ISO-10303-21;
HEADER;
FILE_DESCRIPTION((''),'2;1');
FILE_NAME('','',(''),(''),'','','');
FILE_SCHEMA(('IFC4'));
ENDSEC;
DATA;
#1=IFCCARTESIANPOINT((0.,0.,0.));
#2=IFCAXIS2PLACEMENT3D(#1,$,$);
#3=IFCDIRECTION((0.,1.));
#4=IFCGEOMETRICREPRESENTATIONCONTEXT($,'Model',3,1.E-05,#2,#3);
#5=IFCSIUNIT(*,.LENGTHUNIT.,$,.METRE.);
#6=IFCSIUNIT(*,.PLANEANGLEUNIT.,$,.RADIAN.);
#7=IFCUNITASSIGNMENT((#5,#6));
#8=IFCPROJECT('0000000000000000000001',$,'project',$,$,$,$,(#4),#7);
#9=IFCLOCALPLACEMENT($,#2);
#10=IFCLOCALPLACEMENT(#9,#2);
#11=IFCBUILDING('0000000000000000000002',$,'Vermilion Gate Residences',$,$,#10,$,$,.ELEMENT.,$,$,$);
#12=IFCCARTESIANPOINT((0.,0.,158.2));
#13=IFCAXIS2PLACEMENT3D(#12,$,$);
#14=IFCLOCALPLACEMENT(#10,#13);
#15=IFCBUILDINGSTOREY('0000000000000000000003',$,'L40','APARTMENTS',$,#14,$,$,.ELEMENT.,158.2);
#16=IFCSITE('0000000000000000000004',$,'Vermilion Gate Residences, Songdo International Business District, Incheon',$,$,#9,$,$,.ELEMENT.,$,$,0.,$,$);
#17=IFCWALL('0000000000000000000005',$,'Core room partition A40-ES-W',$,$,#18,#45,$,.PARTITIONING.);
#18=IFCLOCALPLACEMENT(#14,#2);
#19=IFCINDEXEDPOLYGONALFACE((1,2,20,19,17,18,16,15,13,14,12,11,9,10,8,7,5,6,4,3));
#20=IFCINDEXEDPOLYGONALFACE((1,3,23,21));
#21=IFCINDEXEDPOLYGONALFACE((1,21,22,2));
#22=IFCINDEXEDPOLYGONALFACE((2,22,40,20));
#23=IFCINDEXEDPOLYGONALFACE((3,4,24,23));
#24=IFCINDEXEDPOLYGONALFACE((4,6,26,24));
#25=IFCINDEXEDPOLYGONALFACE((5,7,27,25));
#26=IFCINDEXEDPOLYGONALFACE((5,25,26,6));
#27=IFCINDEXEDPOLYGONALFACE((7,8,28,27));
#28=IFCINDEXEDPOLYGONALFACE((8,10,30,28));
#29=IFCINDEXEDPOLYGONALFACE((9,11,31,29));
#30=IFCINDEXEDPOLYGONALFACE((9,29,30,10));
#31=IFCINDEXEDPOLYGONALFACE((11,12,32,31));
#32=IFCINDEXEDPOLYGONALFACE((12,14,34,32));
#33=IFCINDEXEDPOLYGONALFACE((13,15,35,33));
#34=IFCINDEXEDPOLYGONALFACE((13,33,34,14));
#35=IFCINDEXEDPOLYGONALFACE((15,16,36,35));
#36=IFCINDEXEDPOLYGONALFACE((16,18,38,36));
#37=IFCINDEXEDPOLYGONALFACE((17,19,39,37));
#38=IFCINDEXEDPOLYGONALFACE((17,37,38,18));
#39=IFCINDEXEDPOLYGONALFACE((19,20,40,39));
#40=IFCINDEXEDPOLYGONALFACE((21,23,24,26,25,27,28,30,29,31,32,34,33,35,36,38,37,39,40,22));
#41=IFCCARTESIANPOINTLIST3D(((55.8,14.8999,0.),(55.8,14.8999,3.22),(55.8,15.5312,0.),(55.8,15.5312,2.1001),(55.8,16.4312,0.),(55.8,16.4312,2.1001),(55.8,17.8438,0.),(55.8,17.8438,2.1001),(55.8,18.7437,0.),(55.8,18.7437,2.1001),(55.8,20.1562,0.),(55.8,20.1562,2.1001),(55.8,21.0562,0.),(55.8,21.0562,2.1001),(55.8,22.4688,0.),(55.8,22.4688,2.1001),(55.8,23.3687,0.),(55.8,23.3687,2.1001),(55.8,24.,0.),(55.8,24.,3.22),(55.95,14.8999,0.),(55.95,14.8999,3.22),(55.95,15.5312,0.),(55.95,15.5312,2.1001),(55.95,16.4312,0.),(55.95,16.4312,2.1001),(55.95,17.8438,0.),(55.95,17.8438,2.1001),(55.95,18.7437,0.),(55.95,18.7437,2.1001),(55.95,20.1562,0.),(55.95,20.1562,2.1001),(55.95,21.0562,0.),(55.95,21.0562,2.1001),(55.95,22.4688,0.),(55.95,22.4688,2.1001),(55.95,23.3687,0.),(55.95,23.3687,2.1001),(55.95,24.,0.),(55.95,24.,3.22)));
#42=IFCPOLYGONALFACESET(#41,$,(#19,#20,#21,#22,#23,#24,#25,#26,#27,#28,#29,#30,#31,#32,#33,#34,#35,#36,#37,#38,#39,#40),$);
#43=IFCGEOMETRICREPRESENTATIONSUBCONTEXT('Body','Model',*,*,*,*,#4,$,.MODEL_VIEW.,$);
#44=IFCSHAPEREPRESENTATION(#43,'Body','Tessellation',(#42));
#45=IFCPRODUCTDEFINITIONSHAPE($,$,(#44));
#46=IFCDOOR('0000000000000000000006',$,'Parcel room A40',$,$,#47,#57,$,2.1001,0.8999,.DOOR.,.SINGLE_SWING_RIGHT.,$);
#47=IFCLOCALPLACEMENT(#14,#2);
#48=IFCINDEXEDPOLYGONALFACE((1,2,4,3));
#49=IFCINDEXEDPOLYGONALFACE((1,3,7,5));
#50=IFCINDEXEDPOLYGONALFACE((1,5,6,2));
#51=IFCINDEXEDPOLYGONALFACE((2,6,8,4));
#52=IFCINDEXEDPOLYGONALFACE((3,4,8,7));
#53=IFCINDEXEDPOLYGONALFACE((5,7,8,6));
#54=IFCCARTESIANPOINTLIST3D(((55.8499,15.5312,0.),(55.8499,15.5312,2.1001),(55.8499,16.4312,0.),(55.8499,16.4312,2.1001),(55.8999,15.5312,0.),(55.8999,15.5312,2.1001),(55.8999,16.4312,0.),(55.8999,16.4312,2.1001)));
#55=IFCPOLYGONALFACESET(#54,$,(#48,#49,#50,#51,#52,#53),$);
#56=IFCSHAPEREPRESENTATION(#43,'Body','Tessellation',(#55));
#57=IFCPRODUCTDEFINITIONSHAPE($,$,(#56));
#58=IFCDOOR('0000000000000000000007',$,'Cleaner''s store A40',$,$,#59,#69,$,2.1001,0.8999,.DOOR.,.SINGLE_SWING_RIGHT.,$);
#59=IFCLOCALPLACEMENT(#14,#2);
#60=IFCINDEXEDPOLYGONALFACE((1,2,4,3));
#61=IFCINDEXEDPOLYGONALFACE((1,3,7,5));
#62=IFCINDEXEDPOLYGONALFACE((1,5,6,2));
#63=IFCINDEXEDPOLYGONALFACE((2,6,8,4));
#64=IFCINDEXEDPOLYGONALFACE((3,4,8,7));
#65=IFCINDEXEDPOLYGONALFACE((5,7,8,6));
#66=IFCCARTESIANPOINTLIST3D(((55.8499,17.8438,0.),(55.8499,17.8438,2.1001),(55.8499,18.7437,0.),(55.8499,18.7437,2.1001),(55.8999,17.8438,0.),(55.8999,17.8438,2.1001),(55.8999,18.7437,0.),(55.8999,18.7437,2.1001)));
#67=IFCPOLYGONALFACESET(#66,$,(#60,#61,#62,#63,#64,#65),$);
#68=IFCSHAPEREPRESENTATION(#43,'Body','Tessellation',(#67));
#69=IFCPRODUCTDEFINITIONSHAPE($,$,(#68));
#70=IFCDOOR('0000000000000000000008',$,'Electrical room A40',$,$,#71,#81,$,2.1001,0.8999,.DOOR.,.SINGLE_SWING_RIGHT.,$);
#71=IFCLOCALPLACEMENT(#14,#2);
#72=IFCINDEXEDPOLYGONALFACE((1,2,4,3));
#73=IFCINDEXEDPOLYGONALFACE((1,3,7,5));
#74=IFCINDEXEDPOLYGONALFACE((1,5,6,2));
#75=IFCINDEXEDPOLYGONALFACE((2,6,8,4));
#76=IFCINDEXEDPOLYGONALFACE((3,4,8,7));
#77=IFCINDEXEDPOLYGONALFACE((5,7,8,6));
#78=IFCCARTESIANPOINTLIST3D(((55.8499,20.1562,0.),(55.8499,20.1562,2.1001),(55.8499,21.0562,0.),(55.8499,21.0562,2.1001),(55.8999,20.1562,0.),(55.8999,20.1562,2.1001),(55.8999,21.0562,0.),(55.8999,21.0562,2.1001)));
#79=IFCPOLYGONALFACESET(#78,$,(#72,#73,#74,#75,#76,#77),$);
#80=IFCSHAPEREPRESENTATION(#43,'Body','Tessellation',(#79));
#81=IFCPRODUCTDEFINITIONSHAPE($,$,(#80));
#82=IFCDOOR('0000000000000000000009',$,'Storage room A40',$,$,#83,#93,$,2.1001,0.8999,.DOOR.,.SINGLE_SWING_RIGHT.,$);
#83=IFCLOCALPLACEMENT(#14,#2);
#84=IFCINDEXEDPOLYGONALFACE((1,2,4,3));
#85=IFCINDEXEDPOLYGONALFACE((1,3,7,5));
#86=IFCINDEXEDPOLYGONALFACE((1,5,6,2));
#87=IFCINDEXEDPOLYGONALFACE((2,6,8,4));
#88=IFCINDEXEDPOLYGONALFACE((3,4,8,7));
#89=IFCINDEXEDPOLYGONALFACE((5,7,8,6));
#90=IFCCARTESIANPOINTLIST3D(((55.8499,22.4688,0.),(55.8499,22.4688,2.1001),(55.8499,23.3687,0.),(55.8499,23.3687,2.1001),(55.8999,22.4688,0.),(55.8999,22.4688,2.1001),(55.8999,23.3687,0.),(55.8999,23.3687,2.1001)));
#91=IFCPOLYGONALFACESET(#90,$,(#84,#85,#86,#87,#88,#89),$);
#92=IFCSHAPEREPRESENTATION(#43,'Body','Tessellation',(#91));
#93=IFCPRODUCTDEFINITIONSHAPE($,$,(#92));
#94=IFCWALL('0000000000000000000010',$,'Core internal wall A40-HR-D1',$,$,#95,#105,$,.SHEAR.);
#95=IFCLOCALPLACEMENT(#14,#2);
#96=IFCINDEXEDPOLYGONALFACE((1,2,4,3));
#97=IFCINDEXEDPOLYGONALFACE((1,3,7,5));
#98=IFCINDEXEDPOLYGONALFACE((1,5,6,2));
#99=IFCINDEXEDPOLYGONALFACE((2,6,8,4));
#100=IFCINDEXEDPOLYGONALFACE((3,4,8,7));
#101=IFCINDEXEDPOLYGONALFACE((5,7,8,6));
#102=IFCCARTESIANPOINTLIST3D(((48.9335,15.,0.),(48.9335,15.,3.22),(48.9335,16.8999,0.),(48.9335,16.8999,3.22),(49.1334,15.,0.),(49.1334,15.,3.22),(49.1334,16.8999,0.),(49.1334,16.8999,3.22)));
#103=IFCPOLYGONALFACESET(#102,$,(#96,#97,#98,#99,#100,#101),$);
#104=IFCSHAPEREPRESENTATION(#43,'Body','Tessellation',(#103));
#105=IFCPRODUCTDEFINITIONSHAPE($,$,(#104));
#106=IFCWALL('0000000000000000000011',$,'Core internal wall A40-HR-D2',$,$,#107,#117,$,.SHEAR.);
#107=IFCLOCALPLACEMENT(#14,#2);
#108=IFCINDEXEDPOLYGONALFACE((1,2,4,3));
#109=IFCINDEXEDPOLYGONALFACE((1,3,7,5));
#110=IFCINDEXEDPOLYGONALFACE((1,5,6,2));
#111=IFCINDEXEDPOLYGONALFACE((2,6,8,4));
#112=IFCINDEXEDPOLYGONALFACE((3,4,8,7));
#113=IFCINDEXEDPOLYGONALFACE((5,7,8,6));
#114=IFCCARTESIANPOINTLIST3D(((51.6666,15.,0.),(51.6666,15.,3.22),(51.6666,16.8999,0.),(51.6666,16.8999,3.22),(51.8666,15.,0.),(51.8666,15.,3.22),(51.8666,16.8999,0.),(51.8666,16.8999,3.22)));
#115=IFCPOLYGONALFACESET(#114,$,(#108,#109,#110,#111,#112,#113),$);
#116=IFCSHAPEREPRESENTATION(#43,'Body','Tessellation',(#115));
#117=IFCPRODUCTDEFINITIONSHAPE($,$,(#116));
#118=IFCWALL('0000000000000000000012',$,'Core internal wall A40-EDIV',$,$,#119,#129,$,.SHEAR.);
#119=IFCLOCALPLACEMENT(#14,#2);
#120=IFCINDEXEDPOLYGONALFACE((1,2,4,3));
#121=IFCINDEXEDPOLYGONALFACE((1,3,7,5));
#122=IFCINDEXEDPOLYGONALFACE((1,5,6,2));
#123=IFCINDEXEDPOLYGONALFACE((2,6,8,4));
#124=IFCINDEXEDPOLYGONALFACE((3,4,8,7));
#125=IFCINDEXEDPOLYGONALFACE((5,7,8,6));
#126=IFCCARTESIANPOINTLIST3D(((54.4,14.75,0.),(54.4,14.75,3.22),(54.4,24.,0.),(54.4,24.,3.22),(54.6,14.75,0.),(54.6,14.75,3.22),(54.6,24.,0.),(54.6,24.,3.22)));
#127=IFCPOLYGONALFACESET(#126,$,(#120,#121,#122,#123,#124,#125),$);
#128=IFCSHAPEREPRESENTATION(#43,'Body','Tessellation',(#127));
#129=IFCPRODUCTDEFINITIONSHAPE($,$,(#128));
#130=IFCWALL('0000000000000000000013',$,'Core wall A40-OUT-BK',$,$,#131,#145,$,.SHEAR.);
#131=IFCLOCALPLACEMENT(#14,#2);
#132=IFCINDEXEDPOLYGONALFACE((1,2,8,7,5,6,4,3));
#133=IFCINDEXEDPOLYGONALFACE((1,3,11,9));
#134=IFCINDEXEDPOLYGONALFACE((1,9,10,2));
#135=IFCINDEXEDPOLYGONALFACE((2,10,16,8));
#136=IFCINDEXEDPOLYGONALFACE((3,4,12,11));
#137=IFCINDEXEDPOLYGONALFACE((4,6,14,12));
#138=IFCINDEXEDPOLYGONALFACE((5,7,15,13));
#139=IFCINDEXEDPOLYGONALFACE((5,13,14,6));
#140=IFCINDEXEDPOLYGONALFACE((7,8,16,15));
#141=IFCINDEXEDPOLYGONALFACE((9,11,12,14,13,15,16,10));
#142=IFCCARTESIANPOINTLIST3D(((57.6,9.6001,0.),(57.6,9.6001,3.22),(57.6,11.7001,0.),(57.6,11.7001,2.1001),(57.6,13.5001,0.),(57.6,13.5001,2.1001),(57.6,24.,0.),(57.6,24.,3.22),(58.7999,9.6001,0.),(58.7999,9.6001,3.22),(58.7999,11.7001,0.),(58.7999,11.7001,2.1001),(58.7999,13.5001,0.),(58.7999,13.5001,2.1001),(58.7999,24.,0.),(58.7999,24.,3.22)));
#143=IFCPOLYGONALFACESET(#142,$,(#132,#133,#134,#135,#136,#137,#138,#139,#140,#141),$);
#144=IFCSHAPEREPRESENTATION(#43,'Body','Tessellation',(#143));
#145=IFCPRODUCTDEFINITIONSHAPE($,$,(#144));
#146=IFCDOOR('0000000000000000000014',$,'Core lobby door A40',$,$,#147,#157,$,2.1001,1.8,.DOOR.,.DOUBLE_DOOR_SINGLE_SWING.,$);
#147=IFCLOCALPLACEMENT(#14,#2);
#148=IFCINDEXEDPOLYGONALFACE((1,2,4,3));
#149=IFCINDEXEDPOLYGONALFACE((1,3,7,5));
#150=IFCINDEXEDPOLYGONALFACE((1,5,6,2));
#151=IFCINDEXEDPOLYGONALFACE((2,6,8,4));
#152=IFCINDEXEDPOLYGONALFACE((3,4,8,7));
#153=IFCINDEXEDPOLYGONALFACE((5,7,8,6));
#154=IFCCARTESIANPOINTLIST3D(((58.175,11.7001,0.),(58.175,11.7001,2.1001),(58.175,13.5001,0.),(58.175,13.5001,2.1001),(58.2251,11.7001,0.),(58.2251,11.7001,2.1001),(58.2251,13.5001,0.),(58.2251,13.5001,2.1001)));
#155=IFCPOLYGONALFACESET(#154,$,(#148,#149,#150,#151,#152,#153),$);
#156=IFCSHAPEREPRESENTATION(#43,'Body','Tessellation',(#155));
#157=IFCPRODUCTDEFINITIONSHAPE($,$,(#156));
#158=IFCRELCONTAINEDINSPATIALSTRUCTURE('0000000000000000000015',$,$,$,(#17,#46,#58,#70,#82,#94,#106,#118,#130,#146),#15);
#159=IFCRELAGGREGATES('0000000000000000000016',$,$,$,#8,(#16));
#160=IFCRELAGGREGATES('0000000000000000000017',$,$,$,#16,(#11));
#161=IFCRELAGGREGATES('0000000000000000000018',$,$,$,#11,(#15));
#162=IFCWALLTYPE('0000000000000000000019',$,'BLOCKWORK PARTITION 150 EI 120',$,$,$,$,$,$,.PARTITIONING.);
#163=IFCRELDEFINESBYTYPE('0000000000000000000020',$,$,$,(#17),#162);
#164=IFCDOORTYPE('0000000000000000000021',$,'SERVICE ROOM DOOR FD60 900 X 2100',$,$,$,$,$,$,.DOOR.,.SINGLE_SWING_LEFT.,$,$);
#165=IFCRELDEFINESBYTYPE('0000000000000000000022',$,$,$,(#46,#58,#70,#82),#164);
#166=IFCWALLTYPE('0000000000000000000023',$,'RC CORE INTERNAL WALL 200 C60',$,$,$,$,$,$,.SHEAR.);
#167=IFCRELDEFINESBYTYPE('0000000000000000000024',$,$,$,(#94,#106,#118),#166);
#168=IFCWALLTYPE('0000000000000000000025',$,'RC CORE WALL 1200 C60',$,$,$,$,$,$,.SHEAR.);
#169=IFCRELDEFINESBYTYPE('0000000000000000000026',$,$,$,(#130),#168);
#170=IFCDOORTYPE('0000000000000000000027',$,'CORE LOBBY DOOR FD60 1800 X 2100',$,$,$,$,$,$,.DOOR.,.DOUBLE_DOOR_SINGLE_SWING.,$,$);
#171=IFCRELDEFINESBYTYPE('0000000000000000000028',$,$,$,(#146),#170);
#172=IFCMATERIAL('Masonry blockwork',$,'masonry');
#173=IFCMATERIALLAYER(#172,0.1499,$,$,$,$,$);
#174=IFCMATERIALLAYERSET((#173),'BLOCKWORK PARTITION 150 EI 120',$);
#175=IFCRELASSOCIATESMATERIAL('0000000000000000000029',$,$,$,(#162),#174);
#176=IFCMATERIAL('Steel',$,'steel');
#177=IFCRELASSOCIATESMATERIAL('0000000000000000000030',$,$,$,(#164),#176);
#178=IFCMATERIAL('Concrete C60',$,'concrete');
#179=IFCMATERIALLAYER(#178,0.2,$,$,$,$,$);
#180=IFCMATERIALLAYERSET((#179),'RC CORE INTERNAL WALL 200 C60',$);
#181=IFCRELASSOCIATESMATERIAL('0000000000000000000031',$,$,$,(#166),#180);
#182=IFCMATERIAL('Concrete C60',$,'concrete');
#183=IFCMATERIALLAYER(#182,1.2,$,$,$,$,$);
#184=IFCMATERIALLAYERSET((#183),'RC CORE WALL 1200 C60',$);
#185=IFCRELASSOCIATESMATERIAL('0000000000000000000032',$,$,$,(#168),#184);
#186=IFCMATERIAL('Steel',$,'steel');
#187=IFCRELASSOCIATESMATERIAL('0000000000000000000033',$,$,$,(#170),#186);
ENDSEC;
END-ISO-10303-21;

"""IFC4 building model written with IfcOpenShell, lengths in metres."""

from ifc_helpers import new_model, si_unit, direction, frame, frame_2d, origin, place, context, subcontext, project, spatial, rectangle, extrude, material, layer, layer_set, type_object, element, fill, save


model = new_model("IFC4")

# Units and contexts
model_context = context("Model", 3, precision=1e-05, world=origin(), true_north=direction((0.0, 1.0)))
body_context = subcontext(model_context, "Body", "Model", "MODEL_VIEW")
ifc_project = project(units=[si_unit("LENGTHUNIT", "METRE"), si_unit("PLANEANGLEUNIT", "RADIAN")], contexts=[model_context])

# Site, building, storey
site_placement = place(None, origin())
site = spatial("IfcSite", under=ifc_project, at=site_placement, Name="Vermilion Gate Residences, Songdo International Business District, Incheon", CompositionType="ELEMENT", RefElevation=0.0)
building_placement = place(site_placement, origin())
building = spatial("IfcBuilding", under=site, at=building_placement, Name="Vermilion Gate Residences", CompositionType="ELEMENT")
storey_placement = place(building_placement, frame((0.0, 0.0, 158.2)))
storey = spatial("IfcBuildingStorey", under=building, at=storey_placement, Name="L40", Description="APARTMENTS", CompositionType="ELEMENT", Elevation=158.2)

# Shared definitions
ifc_material_1 = material(Name="Masonry blockwork", Category="masonry")
ifc_layer_1 = layer(ifc_material_1, 0.1499)
ifc_layer_set_1 = layer_set([ifc_layer_1], Name="BLOCKWORK PARTITION 150 EI 120")
wall_type_1 = type_object("IfcWallType", Name="BLOCKWORK PARTITION 150 EI 120", PredefinedType="PARTITIONING", material=ifc_layer_set_1)

# Wall, openings, doors
wall_1_placement = place(storey_placement, frame((55.875, 14.8999, 0.0), z_axis=(0.0, 0.0, 1.0), x_axis=(0.0, 1.0, 0.0)))
wall_1 = element("IfcWall", 1, at=wall_1_placement, inside=storey, type_object=wall_type_1, Name="Core room partition A40-ES-W", PredefinedType="PARTITIONING", context=body_context, shape_type="SweptSolid", body=[
    extrude(rectangle(XDim=9.1001, YDim=0.1499, at=frame_2d((4.55, 0.0))), origin(), (0.0, 0.0, 1.0), 3.22),
])
opening_1_placement = place(wall_1_placement, frame((0.6313, 0.0, 0.0)))
opening_1 = element("IfcOpeningElement", 2, at=opening_1_placement, cuts=wall_1, PredefinedType="OPENING", context=body_context, shape_type="SweptSolid", body=[
    extrude(rectangle(XDim=0.8999, YDim=2.1001, at=frame_2d((0.45, 1.05))), frame((0.0, 0.085, 0.0), z_axis=(0.0, -1.0, 0.0), x_axis=(1.0, 0.0, 0.0)), (0.0, 0.0, 1.0), 0.1699),
])
opening_2_placement = place(wall_1_placement, frame((2.9438, 0.0, 0.0)))
opening_2 = element("IfcOpeningElement", 3, at=opening_2_placement, cuts=wall_1, PredefinedType="OPENING", context=body_context, shape_type="SweptSolid", body=[
    extrude(rectangle(XDim=0.8999, YDim=2.1001, at=frame_2d((0.45, 1.05))), frame((0.0, 0.085, 0.0), z_axis=(0.0, -1.0, 0.0), x_axis=(1.0, 0.0, 0.0)), (0.0, 0.0, 1.0), 0.1699),
])
opening_3_placement = place(wall_1_placement, frame((5.2563, 0.0, 0.0)))
opening_3 = element("IfcOpeningElement", 4, at=opening_3_placement, cuts=wall_1, PredefinedType="OPENING", context=body_context, shape_type="SweptSolid", body=[
    extrude(rectangle(XDim=0.8999, YDim=2.1001, at=frame_2d((0.45, 1.05))), frame((0.0, 0.085, 0.0), z_axis=(0.0, -1.0, 0.0), x_axis=(1.0, 0.0, 0.0)), (0.0, 0.0, 1.0), 0.1699),
])
opening_4_placement = place(wall_1_placement, frame((7.5688, 0.0, 0.0)))
opening_4 = element("IfcOpeningElement", 5, at=opening_4_placement, cuts=wall_1, PredefinedType="OPENING", context=body_context, shape_type="SweptSolid", body=[
    extrude(rectangle(XDim=0.8999, YDim=2.1001, at=frame_2d((0.45, 1.05))), frame((0.0, 0.085, 0.0), z_axis=(0.0, -1.0, 0.0), x_axis=(1.0, 0.0, 0.0)), (0.0, 0.0, 1.0), 0.1699),
])
ifc_material_2 = material(Name="Steel", Category="steel")
door_type_1 = type_object("IfcDoorType", Name="SERVICE ROOM DOOR FD60 900 X 2100", OperationType="SINGLE_SWING_LEFT", PredefinedType="DOOR", material=ifc_material_2)
door_1_placement = place(opening_1_placement, frame((0.8999, 0.0, 0.0), z_axis=(0.0, 0.0, 1.0), x_axis=(-1.0, 0.0, 0.0)))
door_1 = element("IfcDoor", 6, at=door_1_placement, inside=storey, type_object=door_type_1, Name="Parcel room A40", OperationType="SINGLE_SWING_RIGHT", OverallHeight=2.1001, OverallWidth=0.8999, PredefinedType="DOOR", context=body_context, shape_type="SweptSolid", body=[
    extrude(rectangle(XDim=0.8999, YDim=2.1001, at=frame_2d((0.45, 1.05))), frame((0.0, 0.0249, 0.0), z_axis=(0.0, -1.0, 0.0), x_axis=(1.0, 0.0, 0.0)), (0.0, 0.0, 1.0), 0.05),
])
fill(opening_1, door_1)
door_2_placement = place(opening_2_placement, frame((0.8999, 0.0, 0.0), z_axis=(0.0, 0.0, 1.0), x_axis=(-1.0, 0.0, 0.0)))
door_2 = element("IfcDoor", 7, at=door_2_placement, inside=storey, type_object=door_type_1, Name="Cleaner's store A40", OperationType="SINGLE_SWING_RIGHT", OverallHeight=2.1001, OverallWidth=0.8999, PredefinedType="DOOR", context=body_context, shape_type="SweptSolid", body=[
    extrude(rectangle(XDim=0.8999, YDim=2.1001, at=frame_2d((0.45, 1.05))), frame((0.0, 0.0249, 0.0), z_axis=(0.0, -1.0, 0.0), x_axis=(1.0, 0.0, 0.0)), (0.0, 0.0, 1.0), 0.05),
])
fill(opening_2, door_2)
door_3_placement = place(opening_3_placement, frame((0.8999, 0.0, 0.0), z_axis=(0.0, 0.0, 1.0), x_axis=(-1.0, 0.0, 0.0)))
door_3 = element("IfcDoor", 8, at=door_3_placement, inside=storey, type_object=door_type_1, Name="Electrical room A40", OperationType="SINGLE_SWING_RIGHT", OverallHeight=2.1001, OverallWidth=0.8999, PredefinedType="DOOR", context=body_context, shape_type="SweptSolid", body=[
    extrude(rectangle(XDim=0.8999, YDim=2.1001, at=frame_2d((0.45, 1.05))), frame((0.0, 0.0249, 0.0), z_axis=(0.0, -1.0, 0.0), x_axis=(1.0, 0.0, 0.0)), (0.0, 0.0, 1.0), 0.05),
])
fill(opening_3, door_3)
door_4_placement = place(opening_4_placement, frame((0.8999, 0.0, 0.0), z_axis=(0.0, 0.0, 1.0), x_axis=(-1.0, 0.0, 0.0)))
door_4 = element("IfcDoor", 9, at=door_4_placement, inside=storey, type_object=door_type_1, Name="Storage room A40", OperationType="SINGLE_SWING_RIGHT", OverallHeight=2.1001, OverallWidth=0.8999, PredefinedType="DOOR", context=body_context, shape_type="SweptSolid", body=[
    extrude(rectangle(XDim=0.8999, YDim=2.1001, at=frame_2d((0.45, 1.05))), frame((0.0, 0.0249, 0.0), z_axis=(0.0, -1.0, 0.0), x_axis=(1.0, 0.0, 0.0)), (0.0, 0.0, 1.0), 0.05),
])
fill(opening_4, door_4)

# Walls
ifc_material_3 = material(Name="Concrete C60", Category="concrete")
ifc_layer_2 = layer(ifc_material_3, 0.2)
ifc_layer_set_2 = layer_set([ifc_layer_2], Name="RC CORE INTERNAL WALL 200 C60")
wall_type_2 = type_object("IfcWallType", Name="RC CORE INTERNAL WALL 200 C60", PredefinedType="SHEAR", material=ifc_layer_set_2)
for number, where, z_axis, x_axis, name in (
    (10, (49.0334, 15.0, 0.0), (0.0, 0.0, 1.0), (0.0, 1.0, 0.0), "Core internal wall A40-HR-D1"),
    (11, (51.7666, 15.0, 0.0), (0.0, 0.0, 1.0), (0.0, 1.0, 0.0), "Core internal wall A40-HR-D2"),
):
    element("IfcWall", number, at=place(storey_placement, frame(where, z_axis=z_axis, x_axis=x_axis)), inside=storey, type_object=wall_type_2, Name=name, PredefinedType="SHEAR", context=body_context, shape_type="SweptSolid", body=[
        extrude(rectangle(XDim=1.8999, YDim=0.2, at=frame_2d((0.95, 0.0))), origin(), (0.0, 0.0, 1.0), 3.22),
    ])
wall_2_placement = place(storey_placement, frame((54.5, 14.75, 0.0), z_axis=(0.0, 0.0, 1.0), x_axis=(0.0, 1.0, 0.0)))
element("IfcWall", 12, at=wall_2_placement, inside=storey, type_object=wall_type_2, Name="Core internal wall A40-EDIV", PredefinedType="SHEAR", context=body_context, shape_type="SweptSolid", body=[
    extrude(rectangle(XDim=9.25, YDim=0.2, at=frame_2d((4.625, 0.0))), origin(), (0.0, 0.0, 1.0), 3.22),
])

# Wall, opening, door
ifc_material_4 = material(Name="Concrete C60", Category="concrete")
ifc_layer_3 = layer(ifc_material_4, 1.2)
ifc_layer_set_3 = layer_set([ifc_layer_3], Name="RC CORE WALL 1200 C60")
wall_type_3 = type_object("IfcWallType", Name="RC CORE WALL 1200 C60", PredefinedType="SHEAR", material=ifc_layer_set_3)
wall_3_placement = place(storey_placement, frame((58.2, 9.6001, 0.0), z_axis=(0.0, 0.0, 1.0), x_axis=(0.0, 1.0, 0.0)))
wall_3 = element("IfcWall", 13, at=wall_3_placement, inside=storey, type_object=wall_type_3, Name="Core wall A40-OUT-BK", PredefinedType="SHEAR", context=body_context, shape_type="SweptSolid", body=[
    extrude(rectangle(XDim=14.3999, YDim=1.2, at=frame_2d((7.2, 0.0))), origin(), (0.0, 0.0, 1.0), 3.22),
])
opening_5_placement = place(wall_3_placement, frame((2.1001, 0.0, 0.0)))
opening_5 = element("IfcOpeningElement", 14, at=opening_5_placement, cuts=wall_3, PredefinedType="OPENING", context=body_context, shape_type="SweptSolid", body=[
    extrude(rectangle(XDim=1.8, YDim=2.1001, at=frame_2d((0.8999, 1.05))), frame((0.0, 0.6099, 0.0), z_axis=(0.0, -1.0, 0.0), x_axis=(1.0, 0.0, 0.0)), (0.0, 0.0, 1.0), 1.22),
])
ifc_material_5 = material(Name="Steel", Category="steel")
door_type_2 = type_object("IfcDoorType", Name="CORE LOBBY DOOR FD60 1800 X 2100", OperationType="DOUBLE_DOOR_SINGLE_SWING", PredefinedType="DOOR", material=ifc_material_5)
door_5_placement = place(opening_5_placement, origin())
door_5 = element("IfcDoor", 15, at=door_5_placement, inside=storey, type_object=door_type_2, Name="Core lobby door A40", OperationType="DOUBLE_DOOR_SINGLE_SWING", OverallHeight=2.1001, OverallWidth=1.8, PredefinedType="DOOR", context=body_context, shape_type="SweptSolid", body=[
    extrude(rectangle(XDim=1.8, YDim=2.1001, at=frame_2d((0.8999, 1.05))), frame((0.0, 0.0249, 0.0), z_axis=(0.0, -1.0, 0.0), x_axis=(1.0, 0.0, 0.0)), (0.0, 0.0, 1.0), 0.05),
])
fill(opening_5, door_5)

save(model, "model.ifc")
